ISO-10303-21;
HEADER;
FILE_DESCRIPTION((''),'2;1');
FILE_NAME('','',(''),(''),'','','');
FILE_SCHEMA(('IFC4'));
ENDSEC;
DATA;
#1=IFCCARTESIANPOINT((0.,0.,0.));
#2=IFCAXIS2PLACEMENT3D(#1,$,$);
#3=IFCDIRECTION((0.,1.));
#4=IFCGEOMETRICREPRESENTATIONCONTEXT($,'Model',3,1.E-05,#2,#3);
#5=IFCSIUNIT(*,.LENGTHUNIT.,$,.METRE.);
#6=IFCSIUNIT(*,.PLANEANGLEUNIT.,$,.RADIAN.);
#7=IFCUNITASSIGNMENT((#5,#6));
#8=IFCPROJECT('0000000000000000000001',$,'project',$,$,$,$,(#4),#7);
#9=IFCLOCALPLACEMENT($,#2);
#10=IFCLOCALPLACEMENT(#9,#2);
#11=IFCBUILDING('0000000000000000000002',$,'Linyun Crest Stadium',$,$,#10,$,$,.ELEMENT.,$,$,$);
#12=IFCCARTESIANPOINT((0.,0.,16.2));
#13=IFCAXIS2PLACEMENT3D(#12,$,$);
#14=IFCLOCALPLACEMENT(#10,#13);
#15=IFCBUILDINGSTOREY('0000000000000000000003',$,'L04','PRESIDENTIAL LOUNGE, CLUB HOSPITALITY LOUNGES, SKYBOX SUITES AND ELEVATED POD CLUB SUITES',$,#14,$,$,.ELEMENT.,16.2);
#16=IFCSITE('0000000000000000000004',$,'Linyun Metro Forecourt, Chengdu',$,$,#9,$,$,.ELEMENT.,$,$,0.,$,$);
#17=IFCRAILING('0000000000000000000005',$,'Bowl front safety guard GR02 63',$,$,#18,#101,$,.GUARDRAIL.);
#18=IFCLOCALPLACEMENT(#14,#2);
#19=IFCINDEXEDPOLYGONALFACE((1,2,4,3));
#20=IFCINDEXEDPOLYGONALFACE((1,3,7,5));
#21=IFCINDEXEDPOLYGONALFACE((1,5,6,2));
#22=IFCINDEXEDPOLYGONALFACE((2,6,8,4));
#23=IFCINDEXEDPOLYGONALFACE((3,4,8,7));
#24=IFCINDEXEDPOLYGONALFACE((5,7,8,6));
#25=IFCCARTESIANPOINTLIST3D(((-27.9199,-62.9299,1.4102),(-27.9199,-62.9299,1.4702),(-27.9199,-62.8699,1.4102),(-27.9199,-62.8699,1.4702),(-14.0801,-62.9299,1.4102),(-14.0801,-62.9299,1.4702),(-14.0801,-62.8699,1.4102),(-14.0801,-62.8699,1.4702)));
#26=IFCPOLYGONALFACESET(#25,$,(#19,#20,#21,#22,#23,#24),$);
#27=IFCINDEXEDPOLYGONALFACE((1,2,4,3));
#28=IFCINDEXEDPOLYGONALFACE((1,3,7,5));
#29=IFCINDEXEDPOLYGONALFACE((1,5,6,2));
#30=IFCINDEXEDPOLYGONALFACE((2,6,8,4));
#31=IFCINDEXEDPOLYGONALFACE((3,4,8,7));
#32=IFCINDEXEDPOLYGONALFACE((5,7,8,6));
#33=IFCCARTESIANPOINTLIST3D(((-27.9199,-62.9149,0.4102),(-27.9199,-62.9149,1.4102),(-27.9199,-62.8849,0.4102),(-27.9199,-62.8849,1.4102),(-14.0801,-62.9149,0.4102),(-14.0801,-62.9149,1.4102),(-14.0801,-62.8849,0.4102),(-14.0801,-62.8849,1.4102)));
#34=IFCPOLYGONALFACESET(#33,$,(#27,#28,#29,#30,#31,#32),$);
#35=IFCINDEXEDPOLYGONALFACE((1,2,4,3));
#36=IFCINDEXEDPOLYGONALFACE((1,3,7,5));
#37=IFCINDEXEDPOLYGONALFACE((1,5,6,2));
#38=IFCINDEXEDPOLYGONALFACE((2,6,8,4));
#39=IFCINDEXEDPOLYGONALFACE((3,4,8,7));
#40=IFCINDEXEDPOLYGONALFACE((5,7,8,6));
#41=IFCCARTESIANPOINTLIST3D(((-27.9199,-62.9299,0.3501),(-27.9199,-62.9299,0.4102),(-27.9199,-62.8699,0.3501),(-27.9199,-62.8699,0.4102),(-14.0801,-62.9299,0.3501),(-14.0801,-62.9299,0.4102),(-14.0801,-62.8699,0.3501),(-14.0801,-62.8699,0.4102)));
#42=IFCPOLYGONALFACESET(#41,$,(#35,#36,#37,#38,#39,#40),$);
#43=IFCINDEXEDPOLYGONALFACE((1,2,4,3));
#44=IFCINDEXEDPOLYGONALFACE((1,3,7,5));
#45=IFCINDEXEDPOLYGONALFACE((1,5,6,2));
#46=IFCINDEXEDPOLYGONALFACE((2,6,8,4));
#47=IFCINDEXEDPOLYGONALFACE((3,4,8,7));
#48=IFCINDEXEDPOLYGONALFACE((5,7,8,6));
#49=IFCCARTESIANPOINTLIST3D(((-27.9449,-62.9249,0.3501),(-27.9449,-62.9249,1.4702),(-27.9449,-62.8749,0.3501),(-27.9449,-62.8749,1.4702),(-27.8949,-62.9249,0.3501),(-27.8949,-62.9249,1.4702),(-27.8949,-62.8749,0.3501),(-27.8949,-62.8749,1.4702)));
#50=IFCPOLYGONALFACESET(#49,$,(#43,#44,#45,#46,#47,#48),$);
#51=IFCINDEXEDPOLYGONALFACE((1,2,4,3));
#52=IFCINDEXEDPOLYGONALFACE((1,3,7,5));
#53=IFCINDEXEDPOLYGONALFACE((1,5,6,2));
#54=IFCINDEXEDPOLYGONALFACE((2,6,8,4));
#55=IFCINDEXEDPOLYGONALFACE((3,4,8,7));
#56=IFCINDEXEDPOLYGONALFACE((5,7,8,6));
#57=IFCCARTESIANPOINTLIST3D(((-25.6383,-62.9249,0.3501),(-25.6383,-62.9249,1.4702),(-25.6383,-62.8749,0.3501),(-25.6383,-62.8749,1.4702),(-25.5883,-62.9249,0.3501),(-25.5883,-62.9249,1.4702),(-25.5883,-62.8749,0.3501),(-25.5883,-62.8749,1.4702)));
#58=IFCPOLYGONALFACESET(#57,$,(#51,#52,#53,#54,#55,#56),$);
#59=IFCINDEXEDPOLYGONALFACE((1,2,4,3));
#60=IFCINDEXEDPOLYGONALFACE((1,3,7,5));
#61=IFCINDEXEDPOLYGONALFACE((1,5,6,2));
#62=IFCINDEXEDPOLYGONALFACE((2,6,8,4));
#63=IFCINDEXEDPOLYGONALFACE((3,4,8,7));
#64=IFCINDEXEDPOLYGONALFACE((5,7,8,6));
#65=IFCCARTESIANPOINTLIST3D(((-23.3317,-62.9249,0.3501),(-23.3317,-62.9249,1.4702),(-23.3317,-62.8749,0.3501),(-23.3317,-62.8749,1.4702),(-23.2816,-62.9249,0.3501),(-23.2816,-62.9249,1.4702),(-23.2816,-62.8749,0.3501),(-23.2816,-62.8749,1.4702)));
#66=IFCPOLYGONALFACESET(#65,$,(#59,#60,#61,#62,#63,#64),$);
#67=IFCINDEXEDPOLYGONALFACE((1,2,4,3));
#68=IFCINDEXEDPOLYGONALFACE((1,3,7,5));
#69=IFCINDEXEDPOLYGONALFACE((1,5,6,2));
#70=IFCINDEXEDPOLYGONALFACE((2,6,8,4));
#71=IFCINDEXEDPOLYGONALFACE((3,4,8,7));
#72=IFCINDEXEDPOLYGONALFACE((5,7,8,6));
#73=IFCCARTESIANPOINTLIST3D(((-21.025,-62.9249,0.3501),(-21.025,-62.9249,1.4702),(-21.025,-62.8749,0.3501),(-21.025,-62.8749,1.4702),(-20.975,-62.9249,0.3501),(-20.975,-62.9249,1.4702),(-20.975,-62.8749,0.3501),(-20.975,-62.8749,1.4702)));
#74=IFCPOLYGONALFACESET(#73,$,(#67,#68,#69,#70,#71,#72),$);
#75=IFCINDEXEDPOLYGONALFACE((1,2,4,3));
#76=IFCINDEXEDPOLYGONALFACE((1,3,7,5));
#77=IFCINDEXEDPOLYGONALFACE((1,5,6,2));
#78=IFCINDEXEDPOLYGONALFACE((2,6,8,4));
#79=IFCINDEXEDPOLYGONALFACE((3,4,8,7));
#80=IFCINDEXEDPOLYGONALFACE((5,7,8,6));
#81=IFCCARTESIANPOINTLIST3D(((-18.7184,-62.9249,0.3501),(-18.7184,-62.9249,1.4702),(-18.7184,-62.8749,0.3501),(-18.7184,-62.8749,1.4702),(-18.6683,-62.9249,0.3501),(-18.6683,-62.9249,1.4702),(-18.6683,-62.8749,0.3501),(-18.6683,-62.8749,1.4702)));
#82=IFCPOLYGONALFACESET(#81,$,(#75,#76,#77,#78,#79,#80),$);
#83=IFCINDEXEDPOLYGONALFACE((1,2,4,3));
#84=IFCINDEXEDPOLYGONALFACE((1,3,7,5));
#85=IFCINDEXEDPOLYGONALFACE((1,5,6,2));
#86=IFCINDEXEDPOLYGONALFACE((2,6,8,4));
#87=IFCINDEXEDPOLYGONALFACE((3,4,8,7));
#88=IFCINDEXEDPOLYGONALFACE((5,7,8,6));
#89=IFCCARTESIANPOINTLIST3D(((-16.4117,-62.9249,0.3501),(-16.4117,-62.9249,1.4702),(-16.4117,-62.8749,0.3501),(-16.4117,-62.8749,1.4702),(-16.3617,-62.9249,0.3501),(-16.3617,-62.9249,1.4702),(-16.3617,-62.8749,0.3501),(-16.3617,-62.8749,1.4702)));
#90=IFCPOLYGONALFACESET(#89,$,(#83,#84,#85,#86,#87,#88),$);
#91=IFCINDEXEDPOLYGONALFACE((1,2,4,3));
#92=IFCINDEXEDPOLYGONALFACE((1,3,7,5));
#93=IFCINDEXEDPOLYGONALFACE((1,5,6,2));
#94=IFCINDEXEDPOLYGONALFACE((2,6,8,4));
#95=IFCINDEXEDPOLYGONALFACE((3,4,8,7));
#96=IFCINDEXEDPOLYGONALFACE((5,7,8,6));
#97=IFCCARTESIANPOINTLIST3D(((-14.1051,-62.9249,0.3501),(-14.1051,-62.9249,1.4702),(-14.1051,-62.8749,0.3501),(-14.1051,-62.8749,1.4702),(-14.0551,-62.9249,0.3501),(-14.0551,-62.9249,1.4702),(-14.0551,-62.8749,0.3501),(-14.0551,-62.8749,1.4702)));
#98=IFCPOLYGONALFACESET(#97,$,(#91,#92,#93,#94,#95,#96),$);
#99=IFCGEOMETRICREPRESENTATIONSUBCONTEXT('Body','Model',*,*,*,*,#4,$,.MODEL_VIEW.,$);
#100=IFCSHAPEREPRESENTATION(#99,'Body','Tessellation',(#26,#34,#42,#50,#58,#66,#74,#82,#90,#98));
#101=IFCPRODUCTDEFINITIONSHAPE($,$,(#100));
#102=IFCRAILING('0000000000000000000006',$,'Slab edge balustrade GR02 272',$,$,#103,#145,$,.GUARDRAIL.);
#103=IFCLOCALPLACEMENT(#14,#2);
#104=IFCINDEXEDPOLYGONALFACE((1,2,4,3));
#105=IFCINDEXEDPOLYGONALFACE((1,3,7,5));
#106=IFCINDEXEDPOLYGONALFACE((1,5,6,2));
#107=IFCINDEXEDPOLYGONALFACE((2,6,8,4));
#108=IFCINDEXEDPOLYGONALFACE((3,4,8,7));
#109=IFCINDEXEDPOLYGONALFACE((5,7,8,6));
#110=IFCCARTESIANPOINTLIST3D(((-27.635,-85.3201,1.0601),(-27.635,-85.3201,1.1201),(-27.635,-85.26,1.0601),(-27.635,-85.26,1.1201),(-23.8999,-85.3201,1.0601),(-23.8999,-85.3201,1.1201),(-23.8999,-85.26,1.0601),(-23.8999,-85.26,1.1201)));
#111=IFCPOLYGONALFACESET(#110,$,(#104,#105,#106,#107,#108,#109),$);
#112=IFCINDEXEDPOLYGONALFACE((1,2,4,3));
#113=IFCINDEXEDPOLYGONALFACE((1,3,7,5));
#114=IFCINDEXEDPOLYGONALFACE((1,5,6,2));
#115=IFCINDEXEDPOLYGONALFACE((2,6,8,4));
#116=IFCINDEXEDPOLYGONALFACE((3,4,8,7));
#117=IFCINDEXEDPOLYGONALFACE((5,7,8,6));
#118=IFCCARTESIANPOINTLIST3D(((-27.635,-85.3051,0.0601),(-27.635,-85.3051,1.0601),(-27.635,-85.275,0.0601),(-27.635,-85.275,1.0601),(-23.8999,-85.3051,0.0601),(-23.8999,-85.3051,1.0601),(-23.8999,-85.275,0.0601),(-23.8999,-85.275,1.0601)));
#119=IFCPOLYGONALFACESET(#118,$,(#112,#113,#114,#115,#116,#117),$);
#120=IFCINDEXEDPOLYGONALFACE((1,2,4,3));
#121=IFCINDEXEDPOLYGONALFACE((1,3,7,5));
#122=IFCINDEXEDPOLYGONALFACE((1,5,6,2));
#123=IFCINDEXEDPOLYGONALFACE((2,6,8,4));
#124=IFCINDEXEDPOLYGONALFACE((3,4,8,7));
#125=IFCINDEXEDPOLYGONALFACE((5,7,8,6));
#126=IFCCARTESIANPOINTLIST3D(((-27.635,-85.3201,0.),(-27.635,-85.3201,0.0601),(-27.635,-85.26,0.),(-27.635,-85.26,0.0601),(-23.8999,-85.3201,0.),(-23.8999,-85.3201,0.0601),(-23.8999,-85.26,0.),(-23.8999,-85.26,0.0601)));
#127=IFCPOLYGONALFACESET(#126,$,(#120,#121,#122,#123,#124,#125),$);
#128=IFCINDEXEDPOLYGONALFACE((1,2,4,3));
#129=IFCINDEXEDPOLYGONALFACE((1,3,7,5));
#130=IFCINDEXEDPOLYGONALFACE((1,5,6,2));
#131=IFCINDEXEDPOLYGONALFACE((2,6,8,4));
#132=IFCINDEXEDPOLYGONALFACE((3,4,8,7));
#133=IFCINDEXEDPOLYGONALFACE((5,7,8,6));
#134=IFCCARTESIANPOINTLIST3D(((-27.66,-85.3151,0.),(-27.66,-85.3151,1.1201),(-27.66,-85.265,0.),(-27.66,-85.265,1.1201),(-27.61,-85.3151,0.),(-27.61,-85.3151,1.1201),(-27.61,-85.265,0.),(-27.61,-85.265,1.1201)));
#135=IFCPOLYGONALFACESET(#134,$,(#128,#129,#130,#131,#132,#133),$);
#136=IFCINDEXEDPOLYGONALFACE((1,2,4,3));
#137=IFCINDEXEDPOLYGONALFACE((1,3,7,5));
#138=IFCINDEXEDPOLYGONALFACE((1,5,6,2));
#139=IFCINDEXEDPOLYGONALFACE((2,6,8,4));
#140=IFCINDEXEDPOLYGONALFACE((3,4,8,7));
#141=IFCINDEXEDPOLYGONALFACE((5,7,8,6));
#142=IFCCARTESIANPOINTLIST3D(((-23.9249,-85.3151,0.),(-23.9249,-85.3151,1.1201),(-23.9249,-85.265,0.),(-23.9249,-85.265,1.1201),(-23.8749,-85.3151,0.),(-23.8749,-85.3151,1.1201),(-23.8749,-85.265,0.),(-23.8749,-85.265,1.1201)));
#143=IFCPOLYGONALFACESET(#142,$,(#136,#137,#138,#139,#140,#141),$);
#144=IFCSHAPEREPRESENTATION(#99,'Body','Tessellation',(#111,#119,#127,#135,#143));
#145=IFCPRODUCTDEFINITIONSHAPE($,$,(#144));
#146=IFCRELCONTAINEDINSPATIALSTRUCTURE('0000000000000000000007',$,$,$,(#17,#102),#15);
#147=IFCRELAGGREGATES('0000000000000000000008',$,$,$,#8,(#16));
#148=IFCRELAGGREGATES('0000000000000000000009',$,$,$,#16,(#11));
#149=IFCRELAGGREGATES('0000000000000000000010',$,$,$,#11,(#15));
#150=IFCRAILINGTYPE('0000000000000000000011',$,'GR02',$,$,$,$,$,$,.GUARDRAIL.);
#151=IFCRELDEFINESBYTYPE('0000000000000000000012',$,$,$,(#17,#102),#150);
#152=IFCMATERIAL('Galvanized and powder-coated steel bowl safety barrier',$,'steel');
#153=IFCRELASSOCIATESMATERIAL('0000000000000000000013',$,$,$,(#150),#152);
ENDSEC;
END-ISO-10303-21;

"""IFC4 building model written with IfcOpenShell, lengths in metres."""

from ifc_helpers import new_model, si_unit, direction, frame, origin, origin_2d, place, context, subcontext, project, spatial, rectangle, extrude, material, type_object, element, save


model = new_model("IFC4")

# Units and contexts
model_context = context("Model", 3, precision=1e-05, world=origin(), true_north=direction((0.0, 1.0)))
body_context = subcontext(model_context, "Body", "Model", "MODEL_VIEW")
ifc_project = project(units=[si_unit("LENGTHUNIT", "METRE"), si_unit("PLANEANGLEUNIT", "RADIAN")], contexts=[model_context])

# Site, building, storey
site_placement = place(None, origin())
site = spatial("IfcSite", under=ifc_project, at=site_placement, Name="Linyun Metro Forecourt, Chengdu", CompositionType="ELEMENT", RefElevation=0.0)
building_placement = place(site_placement, origin())
building = spatial("IfcBuilding", under=site, at=building_placement, Name="Linyun Crest Stadium", CompositionType="ELEMENT")
storey_placement = place(building_placement, frame((0.0, 0.0, 16.2)))
storey = spatial("IfcBuildingStorey", under=building, at=storey_placement, Name="L04", Description="PRESIDENTIAL LOUNGE, CLUB HOSPITALITY LOUNGES, SKYBOX SUITES AND ELEVATED POD CLUB SUITES", CompositionType="ELEMENT", Elevation=16.2)

# Railings
ifc_material_1 = material(Name="Galvanized and powder-coated steel bowl safety barrier", Category="steel")
railing_type_1 = type_object("IfcRailingType", Name="GR02", PredefinedType="GUARDRAIL", material=ifc_material_1)
railing_1_placement = place(storey_placement, frame((-27.9199, -62.8999, 0.3501)))
element("IfcRailing", 1, at=railing_1_placement, inside=storey, type_object=railing_type_1, Name="Bowl front safety guard GR02 63", PredefinedType="GUARDRAIL", context=body_context, shape_type="SweptSolid", body=[
    extrude(rectangle(XDim=0.0601, YDim=0.0601, at=origin_2d()), frame((0.0, 0.0, 1.0901), z_axis=(1.0, 0.0, 0.0), x_axis=(0.0, 1.0, 0.0)), (0.0, 0.0, 1.0), 13.8398),
    extrude(rectangle(XDim=0.03, YDim=1.0, at=origin_2d()), frame((0.0, 0.0, 0.5601), z_axis=(1.0, 0.0, 0.0), x_axis=(0.0, 1.0, 0.0)), (0.0, 0.0, 1.0), 13.8398),
    extrude(rectangle(XDim=0.0601, YDim=0.0601, at=origin_2d()), frame((0.0, 0.0, 0.03), z_axis=(1.0, 0.0, 0.0), x_axis=(0.0, 1.0, 0.0)), (0.0, 0.0, 1.0), 13.8398),
    extrude(rectangle(XDim=0.05, YDim=0.05, at=origin_2d()), origin(), (0.0, 0.0, 1.0), 1.1201),
    extrude(rectangle(XDim=0.05, YDim=0.05, at=origin_2d()), frame((2.3066, 0.0, 0.0)), (0.0, 0.0, 1.0), 1.1201),
    extrude(rectangle(XDim=0.05, YDim=0.05, at=origin_2d()), frame((4.6133, 0.0, 0.0)), (0.0, 0.0, 1.0), 1.1201),
    extrude(rectangle(XDim=0.05, YDim=0.05, at=origin_2d()), frame((6.9199, 0.0, 0.0)), (0.0, 0.0, 1.0), 1.1201),
    extrude(rectangle(XDim=0.05, YDim=0.05, at=origin_2d()), frame((9.2266, 0.0, 0.0)), (0.0, 0.0, 1.0), 1.1201),
    extrude(rectangle(XDim=0.05, YDim=0.05, at=origin_2d()), frame((11.5332, 0.0, 0.0)), (0.0, 0.0, 1.0), 1.1201),
    extrude(rectangle(XDim=0.05, YDim=0.05, at=origin_2d()), frame((13.8398, 0.0, 0.0)), (0.0, 0.0, 1.0), 1.1201),
])
railing_2_placement = place(storey_placement, frame((-27.635, -85.29, 0.0)))
element("IfcRailing", 2, at=railing_2_placement, inside=storey, type_object=railing_type_1, Name="Slab edge balustrade GR02 272", PredefinedType="GUARDRAIL", context=body_context, shape_type="SweptSolid", body=[
    extrude(rectangle(XDim=0.0601, YDim=0.0601, at=origin_2d()), frame((0.0, 0.0, 1.0901), z_axis=(1.0, 0.0, 0.0), x_axis=(0.0, 1.0, 0.0)), (0.0, 0.0, 1.0), 3.7351),
    extrude(rectangle(XDim=0.03, YDim=1.0, at=origin_2d()), frame((0.0, 0.0, 0.5601), z_axis=(1.0, 0.0, 0.0), x_axis=(0.0, 1.0, 0.0)), (0.0, 0.0, 1.0), 3.7351),
    extrude(rectangle(XDim=0.0601, YDim=0.0601, at=origin_2d()), frame((0.0, 0.0, 0.03), z_axis=(1.0, 0.0, 0.0), x_axis=(0.0, 1.0, 0.0)), (0.0, 0.0, 1.0), 3.7351),
    extrude(rectangle(XDim=0.05, YDim=0.05, at=origin_2d()), origin(), (0.0, 0.0, 1.0), 1.1201),
    extrude(rectangle(XDim=0.05, YDim=0.05, at=origin_2d()), frame((3.7351, 0.0, 0.0)), (0.0, 0.0, 1.0), 1.1201),
])

save(model, "model.ifc")
